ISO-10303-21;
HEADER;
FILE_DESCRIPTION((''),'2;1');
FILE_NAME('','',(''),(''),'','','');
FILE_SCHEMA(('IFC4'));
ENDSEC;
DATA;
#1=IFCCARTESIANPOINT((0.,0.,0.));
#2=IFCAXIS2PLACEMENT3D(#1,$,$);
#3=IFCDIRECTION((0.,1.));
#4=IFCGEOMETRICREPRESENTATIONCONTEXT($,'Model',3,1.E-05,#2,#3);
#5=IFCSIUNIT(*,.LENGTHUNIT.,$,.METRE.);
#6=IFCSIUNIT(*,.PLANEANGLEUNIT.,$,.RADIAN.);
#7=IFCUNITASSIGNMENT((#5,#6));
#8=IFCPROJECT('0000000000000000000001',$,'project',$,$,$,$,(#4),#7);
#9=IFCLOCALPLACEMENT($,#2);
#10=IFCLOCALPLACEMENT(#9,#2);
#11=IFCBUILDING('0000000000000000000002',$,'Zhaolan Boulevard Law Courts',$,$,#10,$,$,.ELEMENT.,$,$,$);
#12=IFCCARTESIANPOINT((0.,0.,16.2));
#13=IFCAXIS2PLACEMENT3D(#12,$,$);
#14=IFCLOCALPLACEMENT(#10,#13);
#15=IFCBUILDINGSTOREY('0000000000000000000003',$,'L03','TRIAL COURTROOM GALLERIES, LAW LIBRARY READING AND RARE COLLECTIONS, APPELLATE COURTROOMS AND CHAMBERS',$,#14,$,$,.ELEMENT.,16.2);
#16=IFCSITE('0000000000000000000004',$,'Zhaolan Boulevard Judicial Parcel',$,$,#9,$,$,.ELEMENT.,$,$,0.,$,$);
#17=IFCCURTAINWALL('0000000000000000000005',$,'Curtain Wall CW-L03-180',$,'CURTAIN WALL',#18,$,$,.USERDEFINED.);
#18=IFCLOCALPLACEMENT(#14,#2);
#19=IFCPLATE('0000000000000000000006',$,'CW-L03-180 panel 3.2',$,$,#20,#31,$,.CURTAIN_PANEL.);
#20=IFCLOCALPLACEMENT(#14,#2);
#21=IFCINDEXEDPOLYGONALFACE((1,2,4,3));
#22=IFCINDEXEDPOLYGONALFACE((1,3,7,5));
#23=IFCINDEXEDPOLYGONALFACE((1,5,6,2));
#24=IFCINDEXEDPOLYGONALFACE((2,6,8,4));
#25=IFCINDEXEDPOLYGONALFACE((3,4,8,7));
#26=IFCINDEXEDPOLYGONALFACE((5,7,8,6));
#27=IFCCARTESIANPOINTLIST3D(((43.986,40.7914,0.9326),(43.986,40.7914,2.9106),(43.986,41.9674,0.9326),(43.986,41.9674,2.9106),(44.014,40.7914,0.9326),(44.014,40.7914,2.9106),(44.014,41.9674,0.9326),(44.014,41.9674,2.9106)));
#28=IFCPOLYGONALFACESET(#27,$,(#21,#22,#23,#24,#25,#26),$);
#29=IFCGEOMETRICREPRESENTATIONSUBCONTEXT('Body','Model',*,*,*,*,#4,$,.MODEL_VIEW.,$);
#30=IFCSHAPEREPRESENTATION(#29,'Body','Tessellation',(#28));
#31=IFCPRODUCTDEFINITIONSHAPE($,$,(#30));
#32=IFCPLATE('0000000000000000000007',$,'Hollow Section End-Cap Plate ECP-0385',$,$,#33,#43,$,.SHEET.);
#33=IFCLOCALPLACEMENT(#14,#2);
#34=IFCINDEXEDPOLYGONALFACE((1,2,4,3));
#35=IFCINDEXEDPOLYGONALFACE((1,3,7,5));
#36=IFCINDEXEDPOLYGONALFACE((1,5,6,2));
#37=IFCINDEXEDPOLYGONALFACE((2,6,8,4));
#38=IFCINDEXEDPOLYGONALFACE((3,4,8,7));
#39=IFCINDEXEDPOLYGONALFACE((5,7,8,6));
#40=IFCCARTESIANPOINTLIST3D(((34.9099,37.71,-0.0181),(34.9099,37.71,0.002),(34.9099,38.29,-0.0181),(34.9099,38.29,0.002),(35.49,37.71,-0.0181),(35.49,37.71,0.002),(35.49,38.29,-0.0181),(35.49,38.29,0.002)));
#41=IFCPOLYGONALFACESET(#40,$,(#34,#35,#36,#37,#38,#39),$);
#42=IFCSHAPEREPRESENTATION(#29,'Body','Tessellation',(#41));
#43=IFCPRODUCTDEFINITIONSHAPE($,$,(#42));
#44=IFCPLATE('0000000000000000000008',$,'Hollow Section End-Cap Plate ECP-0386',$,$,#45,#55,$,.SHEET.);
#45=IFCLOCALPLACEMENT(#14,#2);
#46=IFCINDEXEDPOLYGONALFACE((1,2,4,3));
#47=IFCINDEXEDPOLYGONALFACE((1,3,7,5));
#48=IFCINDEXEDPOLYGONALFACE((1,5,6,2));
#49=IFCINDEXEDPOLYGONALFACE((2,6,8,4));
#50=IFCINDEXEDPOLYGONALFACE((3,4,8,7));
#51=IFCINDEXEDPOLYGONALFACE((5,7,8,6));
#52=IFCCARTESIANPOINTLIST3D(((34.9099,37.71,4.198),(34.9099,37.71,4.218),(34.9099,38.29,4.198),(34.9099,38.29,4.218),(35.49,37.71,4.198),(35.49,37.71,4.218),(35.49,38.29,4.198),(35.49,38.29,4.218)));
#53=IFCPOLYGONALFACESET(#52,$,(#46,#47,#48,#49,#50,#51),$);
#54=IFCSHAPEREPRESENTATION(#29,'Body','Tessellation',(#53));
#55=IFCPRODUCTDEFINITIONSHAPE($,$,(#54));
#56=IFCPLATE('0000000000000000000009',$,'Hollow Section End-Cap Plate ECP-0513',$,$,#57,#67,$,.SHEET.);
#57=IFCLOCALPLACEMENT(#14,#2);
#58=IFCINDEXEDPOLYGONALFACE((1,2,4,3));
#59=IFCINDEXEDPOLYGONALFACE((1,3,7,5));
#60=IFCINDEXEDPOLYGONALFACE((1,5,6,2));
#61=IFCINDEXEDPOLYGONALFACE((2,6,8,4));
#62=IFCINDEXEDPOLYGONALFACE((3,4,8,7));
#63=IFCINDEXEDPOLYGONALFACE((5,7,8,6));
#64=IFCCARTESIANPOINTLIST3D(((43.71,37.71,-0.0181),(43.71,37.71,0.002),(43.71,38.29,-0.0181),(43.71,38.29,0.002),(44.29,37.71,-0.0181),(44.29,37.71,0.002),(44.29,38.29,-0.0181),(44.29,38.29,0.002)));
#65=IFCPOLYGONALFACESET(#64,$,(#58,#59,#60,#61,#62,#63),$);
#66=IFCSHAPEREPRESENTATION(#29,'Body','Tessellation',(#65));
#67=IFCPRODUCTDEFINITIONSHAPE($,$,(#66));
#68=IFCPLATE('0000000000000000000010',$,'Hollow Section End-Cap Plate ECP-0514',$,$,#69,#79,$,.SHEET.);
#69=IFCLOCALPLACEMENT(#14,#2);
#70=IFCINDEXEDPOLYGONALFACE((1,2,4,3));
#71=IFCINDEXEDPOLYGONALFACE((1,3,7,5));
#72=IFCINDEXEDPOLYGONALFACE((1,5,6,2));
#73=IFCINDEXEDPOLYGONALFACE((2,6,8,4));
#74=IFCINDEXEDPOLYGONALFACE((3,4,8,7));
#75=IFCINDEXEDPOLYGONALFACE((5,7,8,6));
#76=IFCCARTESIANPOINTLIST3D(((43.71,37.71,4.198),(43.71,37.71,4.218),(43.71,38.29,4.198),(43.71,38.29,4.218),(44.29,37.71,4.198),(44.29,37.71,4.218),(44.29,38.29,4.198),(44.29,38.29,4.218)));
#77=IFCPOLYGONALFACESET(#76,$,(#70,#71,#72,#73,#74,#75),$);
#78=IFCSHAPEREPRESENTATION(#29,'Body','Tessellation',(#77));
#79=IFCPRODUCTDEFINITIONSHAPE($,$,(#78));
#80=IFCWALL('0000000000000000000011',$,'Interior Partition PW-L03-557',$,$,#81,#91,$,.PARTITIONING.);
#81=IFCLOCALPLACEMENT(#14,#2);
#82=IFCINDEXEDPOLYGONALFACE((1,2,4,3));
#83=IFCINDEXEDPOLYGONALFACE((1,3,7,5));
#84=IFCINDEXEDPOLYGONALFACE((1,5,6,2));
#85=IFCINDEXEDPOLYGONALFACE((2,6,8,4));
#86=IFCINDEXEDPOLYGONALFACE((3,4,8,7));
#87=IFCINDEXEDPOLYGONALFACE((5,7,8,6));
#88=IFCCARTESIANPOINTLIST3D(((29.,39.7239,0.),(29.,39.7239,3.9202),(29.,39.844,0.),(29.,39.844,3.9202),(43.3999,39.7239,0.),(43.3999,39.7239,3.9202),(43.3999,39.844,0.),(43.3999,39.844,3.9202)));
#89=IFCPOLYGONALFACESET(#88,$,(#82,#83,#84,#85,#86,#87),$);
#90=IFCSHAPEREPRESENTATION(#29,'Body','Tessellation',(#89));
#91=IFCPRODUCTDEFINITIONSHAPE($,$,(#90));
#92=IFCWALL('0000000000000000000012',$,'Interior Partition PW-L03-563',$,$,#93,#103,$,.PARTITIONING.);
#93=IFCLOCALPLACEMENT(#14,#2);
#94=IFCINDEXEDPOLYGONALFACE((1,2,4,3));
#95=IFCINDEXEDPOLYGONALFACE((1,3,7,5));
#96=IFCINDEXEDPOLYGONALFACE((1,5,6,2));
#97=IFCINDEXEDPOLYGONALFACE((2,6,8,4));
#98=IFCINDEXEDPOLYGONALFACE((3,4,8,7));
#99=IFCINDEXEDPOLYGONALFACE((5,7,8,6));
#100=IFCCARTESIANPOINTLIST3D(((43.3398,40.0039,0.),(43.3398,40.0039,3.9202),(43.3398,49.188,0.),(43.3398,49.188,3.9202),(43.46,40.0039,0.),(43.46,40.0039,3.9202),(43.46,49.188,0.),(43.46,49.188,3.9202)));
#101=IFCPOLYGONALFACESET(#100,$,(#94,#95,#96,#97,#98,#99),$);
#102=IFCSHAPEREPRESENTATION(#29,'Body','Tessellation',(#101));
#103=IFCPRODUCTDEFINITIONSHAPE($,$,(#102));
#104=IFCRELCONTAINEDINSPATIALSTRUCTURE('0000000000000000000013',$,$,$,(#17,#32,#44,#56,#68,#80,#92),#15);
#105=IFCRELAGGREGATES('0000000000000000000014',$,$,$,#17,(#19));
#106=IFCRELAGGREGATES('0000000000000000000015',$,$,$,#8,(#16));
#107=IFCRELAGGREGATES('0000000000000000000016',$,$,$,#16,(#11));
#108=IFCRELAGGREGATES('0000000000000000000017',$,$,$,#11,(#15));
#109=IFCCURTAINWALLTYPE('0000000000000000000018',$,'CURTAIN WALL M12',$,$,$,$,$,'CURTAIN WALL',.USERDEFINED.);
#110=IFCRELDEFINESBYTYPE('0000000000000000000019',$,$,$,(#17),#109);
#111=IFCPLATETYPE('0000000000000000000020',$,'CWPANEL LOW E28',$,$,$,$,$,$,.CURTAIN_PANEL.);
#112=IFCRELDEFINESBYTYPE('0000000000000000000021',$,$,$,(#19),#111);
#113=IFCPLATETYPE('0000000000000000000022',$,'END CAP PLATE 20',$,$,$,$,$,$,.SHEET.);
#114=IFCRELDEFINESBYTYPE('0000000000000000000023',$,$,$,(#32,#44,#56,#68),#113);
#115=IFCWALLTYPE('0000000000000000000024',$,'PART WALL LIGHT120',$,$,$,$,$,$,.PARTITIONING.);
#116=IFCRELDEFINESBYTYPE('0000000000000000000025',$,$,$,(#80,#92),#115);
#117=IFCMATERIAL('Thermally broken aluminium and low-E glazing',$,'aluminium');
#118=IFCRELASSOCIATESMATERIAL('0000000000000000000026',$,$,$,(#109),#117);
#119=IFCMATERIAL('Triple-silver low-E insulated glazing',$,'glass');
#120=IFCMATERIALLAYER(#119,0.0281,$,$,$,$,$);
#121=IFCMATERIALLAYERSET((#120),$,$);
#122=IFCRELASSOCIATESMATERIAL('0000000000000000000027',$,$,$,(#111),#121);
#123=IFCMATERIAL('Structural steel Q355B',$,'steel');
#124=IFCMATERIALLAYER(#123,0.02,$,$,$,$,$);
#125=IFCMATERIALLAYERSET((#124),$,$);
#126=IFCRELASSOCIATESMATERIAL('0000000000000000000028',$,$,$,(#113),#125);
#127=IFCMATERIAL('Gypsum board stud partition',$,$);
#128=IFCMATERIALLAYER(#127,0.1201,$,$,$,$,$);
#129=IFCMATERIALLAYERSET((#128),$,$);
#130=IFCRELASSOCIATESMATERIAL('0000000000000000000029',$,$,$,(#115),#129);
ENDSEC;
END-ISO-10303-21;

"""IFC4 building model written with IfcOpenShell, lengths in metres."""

from ifc_helpers import new_model, si_unit, direction, frame, frame_2d, origin, origin_2d, place, context, subcontext, project, spatial, rectangle, extrude, material, layer, layer_set, type_object, element, aggregate, save


model = new_model("IFC4")

# Units and contexts
model_context = context("Model", 3, precision=1e-05, world=origin(), true_north=direction((0.0, 1.0)))
body_context = subcontext(model_context, "Body", "Model", "MODEL_VIEW")
ifc_project = project(units=[si_unit("LENGTHUNIT", "METRE"), si_unit("PLANEANGLEUNIT", "RADIAN")], contexts=[model_context])

# Site, building, storey
site_placement = place(None, origin())
site = spatial("IfcSite", under=ifc_project, at=site_placement, Name="Zhaolan Boulevard Judicial Parcel", CompositionType="ELEMENT", RefElevation=0.0)
building_placement = place(site_placement, origin())
building = spatial("IfcBuilding", under=site, at=building_placement, Name="Zhaolan Boulevard Law Courts", CompositionType="ELEMENT")
storey_placement = place(building_placement, frame((0.0, 0.0, 16.2)))
storey = spatial("IfcBuildingStorey", under=building, at=storey_placement, Name="L03", Description="TRIAL COURTROOM GALLERIES, LAW LIBRARY READING AND RARE COLLECTIONS, APPELLATE COURTROOMS AND CHAMBERS", CompositionType="ELEMENT", Elevation=16.2)

# Curtain wall
ifc_material_1 = material(Name="Thermally broken aluminium and low-E glazing", Category="aluminium")
curtain_wall_type = type_object("IfcCurtainWallType", Name="CURTAIN WALL M12", ElementType="CURTAIN WALL", PredefinedType="USERDEFINED", material=ifc_material_1)
curtain_wall_placement = place(storey_placement, origin())
curtain_wall = element("IfcCurtainWall", 1, at=curtain_wall_placement, inside=storey, type_object=curtain_wall_type, Name="Curtain Wall CW-L03-180", ObjectType="CURTAIN WALL", PredefinedType="USERDEFINED")

# Plate
ifc_material_2 = material(Name="Triple-silver low-E insulated glazing", Category="glass")
ifc_layer_1 = layer(ifc_material_2, 0.0281)
ifc_layer_set_1 = layer_set([ifc_layer_1])
plate_type_1 = type_object("IfcPlateType", Name="CWPANEL LOW E28", PredefinedType="CURTAIN_PANEL", material=ifc_layer_set_1)
plate_1_placement = place(storey_placement, frame((44.0, 41.3794, 0.9326), z_axis=(0.0, 0.0, 1.0), x_axis=(0.0, 1.0, 0.0)))
plate_1 = element("IfcPlate", 2, at=plate_1_placement, type_object=plate_type_1, Name="CW-L03-180 panel 3.2", PredefinedType="CURTAIN_PANEL", context=body_context, shape_type="SweptSolid", body=[
    extrude(rectangle(XDim=1.176, YDim=0.0281, at=origin_2d()), origin(), (0.0, 0.0, 1.0), 1.978),
])
aggregate(curtain_wall, [plate_1])

# Plates
ifc_material_3 = material(Name="Structural steel Q355B", Category="steel")
ifc_layer_2 = layer(ifc_material_3, 0.02)
ifc_layer_set_2 = layer_set([ifc_layer_2])
plate_type_2 = type_object("IfcPlateType", Name="END CAP PLATE 20", PredefinedType="SHEET", material=ifc_layer_set_2)
for number, where, z_axis, x_axis, name in (
    (3, (35.2, 38.0, -0.0181), (0.0, 0.0, 1.0), (1.0, 0.0, 0.0), "Hollow Section End-Cap Plate ECP-0385"),
    (4, (35.2, 38.0, 4.198), (0.0, 0.0, 1.0), (1.0, 0.0, 0.0), "Hollow Section End-Cap Plate ECP-0386"),
    (5, (44.0, 38.0, -0.0181), (0.0, 0.0, 1.0), (1.0, 0.0, 0.0), "Hollow Section End-Cap Plate ECP-0513"),
    (6, (44.0, 38.0, 4.198), (0.0, 0.0, 1.0), (1.0, 0.0, 0.0), "Hollow Section End-Cap Plate ECP-0514"),
):
    element("IfcPlate", number, at=place(storey_placement, frame(where, z_axis=z_axis, x_axis=x_axis)), inside=storey, type_object=plate_type_2, Name=name, PredefinedType="SHEET", context=body_context, shape_type="SweptSolid", body=[
        extrude(rectangle(XDim=0.5801, YDim=0.5801, at=origin_2d()), origin(), (0.0, 0.0, 1.0), 0.02),
    ])

# Walls
ifc_material_4 = material(Name="Gypsum board stud partition")
ifc_layer_3 = layer(ifc_material_4, 0.1201)
ifc_layer_set_3 = layer_set([ifc_layer_3])
wall_type = type_object("IfcWallType", Name="PART WALL LIGHT120", PredefinedType="PARTITIONING", material=ifc_layer_set_3)
wall_1_placement = place(storey_placement, frame((43.3999, 39.7839, 0.0), z_axis=(0.0, 0.0, 1.0), x_axis=(-1.0, 0.0, 0.0)))
element("IfcWall", 7, at=wall_1_placement, inside=storey, type_object=wall_type, Name="Interior Partition PW-L03-557", PredefinedType="PARTITIONING", context=body_context, shape_type="SweptSolid", body=[
    extrude(rectangle(XDim=14.3999, YDim=0.1201, at=frame_2d((7.2, 0.0))), origin(), (0.0, 0.0, 1.0), 3.9202),
])
wall_2_placement = place(storey_placement, frame((43.3999, 40.0039, 0.0), z_axis=(0.0, 0.0, 1.0), x_axis=(0.0, 1.0, 0.0)))
element("IfcWall", 8, at=wall_2_placement, inside=storey, type_object=wall_type, Name="Interior Partition PW-L03-563", PredefinedType="PARTITIONING", context=body_context, shape_type="SweptSolid", body=[
    extrude(rectangle(XDim=9.1841, YDim=0.1201, at=frame_2d((4.592, 0.0))), origin(), (0.0, 0.0, 1.0), 3.9202),
])

save(model, "model.ifc")
